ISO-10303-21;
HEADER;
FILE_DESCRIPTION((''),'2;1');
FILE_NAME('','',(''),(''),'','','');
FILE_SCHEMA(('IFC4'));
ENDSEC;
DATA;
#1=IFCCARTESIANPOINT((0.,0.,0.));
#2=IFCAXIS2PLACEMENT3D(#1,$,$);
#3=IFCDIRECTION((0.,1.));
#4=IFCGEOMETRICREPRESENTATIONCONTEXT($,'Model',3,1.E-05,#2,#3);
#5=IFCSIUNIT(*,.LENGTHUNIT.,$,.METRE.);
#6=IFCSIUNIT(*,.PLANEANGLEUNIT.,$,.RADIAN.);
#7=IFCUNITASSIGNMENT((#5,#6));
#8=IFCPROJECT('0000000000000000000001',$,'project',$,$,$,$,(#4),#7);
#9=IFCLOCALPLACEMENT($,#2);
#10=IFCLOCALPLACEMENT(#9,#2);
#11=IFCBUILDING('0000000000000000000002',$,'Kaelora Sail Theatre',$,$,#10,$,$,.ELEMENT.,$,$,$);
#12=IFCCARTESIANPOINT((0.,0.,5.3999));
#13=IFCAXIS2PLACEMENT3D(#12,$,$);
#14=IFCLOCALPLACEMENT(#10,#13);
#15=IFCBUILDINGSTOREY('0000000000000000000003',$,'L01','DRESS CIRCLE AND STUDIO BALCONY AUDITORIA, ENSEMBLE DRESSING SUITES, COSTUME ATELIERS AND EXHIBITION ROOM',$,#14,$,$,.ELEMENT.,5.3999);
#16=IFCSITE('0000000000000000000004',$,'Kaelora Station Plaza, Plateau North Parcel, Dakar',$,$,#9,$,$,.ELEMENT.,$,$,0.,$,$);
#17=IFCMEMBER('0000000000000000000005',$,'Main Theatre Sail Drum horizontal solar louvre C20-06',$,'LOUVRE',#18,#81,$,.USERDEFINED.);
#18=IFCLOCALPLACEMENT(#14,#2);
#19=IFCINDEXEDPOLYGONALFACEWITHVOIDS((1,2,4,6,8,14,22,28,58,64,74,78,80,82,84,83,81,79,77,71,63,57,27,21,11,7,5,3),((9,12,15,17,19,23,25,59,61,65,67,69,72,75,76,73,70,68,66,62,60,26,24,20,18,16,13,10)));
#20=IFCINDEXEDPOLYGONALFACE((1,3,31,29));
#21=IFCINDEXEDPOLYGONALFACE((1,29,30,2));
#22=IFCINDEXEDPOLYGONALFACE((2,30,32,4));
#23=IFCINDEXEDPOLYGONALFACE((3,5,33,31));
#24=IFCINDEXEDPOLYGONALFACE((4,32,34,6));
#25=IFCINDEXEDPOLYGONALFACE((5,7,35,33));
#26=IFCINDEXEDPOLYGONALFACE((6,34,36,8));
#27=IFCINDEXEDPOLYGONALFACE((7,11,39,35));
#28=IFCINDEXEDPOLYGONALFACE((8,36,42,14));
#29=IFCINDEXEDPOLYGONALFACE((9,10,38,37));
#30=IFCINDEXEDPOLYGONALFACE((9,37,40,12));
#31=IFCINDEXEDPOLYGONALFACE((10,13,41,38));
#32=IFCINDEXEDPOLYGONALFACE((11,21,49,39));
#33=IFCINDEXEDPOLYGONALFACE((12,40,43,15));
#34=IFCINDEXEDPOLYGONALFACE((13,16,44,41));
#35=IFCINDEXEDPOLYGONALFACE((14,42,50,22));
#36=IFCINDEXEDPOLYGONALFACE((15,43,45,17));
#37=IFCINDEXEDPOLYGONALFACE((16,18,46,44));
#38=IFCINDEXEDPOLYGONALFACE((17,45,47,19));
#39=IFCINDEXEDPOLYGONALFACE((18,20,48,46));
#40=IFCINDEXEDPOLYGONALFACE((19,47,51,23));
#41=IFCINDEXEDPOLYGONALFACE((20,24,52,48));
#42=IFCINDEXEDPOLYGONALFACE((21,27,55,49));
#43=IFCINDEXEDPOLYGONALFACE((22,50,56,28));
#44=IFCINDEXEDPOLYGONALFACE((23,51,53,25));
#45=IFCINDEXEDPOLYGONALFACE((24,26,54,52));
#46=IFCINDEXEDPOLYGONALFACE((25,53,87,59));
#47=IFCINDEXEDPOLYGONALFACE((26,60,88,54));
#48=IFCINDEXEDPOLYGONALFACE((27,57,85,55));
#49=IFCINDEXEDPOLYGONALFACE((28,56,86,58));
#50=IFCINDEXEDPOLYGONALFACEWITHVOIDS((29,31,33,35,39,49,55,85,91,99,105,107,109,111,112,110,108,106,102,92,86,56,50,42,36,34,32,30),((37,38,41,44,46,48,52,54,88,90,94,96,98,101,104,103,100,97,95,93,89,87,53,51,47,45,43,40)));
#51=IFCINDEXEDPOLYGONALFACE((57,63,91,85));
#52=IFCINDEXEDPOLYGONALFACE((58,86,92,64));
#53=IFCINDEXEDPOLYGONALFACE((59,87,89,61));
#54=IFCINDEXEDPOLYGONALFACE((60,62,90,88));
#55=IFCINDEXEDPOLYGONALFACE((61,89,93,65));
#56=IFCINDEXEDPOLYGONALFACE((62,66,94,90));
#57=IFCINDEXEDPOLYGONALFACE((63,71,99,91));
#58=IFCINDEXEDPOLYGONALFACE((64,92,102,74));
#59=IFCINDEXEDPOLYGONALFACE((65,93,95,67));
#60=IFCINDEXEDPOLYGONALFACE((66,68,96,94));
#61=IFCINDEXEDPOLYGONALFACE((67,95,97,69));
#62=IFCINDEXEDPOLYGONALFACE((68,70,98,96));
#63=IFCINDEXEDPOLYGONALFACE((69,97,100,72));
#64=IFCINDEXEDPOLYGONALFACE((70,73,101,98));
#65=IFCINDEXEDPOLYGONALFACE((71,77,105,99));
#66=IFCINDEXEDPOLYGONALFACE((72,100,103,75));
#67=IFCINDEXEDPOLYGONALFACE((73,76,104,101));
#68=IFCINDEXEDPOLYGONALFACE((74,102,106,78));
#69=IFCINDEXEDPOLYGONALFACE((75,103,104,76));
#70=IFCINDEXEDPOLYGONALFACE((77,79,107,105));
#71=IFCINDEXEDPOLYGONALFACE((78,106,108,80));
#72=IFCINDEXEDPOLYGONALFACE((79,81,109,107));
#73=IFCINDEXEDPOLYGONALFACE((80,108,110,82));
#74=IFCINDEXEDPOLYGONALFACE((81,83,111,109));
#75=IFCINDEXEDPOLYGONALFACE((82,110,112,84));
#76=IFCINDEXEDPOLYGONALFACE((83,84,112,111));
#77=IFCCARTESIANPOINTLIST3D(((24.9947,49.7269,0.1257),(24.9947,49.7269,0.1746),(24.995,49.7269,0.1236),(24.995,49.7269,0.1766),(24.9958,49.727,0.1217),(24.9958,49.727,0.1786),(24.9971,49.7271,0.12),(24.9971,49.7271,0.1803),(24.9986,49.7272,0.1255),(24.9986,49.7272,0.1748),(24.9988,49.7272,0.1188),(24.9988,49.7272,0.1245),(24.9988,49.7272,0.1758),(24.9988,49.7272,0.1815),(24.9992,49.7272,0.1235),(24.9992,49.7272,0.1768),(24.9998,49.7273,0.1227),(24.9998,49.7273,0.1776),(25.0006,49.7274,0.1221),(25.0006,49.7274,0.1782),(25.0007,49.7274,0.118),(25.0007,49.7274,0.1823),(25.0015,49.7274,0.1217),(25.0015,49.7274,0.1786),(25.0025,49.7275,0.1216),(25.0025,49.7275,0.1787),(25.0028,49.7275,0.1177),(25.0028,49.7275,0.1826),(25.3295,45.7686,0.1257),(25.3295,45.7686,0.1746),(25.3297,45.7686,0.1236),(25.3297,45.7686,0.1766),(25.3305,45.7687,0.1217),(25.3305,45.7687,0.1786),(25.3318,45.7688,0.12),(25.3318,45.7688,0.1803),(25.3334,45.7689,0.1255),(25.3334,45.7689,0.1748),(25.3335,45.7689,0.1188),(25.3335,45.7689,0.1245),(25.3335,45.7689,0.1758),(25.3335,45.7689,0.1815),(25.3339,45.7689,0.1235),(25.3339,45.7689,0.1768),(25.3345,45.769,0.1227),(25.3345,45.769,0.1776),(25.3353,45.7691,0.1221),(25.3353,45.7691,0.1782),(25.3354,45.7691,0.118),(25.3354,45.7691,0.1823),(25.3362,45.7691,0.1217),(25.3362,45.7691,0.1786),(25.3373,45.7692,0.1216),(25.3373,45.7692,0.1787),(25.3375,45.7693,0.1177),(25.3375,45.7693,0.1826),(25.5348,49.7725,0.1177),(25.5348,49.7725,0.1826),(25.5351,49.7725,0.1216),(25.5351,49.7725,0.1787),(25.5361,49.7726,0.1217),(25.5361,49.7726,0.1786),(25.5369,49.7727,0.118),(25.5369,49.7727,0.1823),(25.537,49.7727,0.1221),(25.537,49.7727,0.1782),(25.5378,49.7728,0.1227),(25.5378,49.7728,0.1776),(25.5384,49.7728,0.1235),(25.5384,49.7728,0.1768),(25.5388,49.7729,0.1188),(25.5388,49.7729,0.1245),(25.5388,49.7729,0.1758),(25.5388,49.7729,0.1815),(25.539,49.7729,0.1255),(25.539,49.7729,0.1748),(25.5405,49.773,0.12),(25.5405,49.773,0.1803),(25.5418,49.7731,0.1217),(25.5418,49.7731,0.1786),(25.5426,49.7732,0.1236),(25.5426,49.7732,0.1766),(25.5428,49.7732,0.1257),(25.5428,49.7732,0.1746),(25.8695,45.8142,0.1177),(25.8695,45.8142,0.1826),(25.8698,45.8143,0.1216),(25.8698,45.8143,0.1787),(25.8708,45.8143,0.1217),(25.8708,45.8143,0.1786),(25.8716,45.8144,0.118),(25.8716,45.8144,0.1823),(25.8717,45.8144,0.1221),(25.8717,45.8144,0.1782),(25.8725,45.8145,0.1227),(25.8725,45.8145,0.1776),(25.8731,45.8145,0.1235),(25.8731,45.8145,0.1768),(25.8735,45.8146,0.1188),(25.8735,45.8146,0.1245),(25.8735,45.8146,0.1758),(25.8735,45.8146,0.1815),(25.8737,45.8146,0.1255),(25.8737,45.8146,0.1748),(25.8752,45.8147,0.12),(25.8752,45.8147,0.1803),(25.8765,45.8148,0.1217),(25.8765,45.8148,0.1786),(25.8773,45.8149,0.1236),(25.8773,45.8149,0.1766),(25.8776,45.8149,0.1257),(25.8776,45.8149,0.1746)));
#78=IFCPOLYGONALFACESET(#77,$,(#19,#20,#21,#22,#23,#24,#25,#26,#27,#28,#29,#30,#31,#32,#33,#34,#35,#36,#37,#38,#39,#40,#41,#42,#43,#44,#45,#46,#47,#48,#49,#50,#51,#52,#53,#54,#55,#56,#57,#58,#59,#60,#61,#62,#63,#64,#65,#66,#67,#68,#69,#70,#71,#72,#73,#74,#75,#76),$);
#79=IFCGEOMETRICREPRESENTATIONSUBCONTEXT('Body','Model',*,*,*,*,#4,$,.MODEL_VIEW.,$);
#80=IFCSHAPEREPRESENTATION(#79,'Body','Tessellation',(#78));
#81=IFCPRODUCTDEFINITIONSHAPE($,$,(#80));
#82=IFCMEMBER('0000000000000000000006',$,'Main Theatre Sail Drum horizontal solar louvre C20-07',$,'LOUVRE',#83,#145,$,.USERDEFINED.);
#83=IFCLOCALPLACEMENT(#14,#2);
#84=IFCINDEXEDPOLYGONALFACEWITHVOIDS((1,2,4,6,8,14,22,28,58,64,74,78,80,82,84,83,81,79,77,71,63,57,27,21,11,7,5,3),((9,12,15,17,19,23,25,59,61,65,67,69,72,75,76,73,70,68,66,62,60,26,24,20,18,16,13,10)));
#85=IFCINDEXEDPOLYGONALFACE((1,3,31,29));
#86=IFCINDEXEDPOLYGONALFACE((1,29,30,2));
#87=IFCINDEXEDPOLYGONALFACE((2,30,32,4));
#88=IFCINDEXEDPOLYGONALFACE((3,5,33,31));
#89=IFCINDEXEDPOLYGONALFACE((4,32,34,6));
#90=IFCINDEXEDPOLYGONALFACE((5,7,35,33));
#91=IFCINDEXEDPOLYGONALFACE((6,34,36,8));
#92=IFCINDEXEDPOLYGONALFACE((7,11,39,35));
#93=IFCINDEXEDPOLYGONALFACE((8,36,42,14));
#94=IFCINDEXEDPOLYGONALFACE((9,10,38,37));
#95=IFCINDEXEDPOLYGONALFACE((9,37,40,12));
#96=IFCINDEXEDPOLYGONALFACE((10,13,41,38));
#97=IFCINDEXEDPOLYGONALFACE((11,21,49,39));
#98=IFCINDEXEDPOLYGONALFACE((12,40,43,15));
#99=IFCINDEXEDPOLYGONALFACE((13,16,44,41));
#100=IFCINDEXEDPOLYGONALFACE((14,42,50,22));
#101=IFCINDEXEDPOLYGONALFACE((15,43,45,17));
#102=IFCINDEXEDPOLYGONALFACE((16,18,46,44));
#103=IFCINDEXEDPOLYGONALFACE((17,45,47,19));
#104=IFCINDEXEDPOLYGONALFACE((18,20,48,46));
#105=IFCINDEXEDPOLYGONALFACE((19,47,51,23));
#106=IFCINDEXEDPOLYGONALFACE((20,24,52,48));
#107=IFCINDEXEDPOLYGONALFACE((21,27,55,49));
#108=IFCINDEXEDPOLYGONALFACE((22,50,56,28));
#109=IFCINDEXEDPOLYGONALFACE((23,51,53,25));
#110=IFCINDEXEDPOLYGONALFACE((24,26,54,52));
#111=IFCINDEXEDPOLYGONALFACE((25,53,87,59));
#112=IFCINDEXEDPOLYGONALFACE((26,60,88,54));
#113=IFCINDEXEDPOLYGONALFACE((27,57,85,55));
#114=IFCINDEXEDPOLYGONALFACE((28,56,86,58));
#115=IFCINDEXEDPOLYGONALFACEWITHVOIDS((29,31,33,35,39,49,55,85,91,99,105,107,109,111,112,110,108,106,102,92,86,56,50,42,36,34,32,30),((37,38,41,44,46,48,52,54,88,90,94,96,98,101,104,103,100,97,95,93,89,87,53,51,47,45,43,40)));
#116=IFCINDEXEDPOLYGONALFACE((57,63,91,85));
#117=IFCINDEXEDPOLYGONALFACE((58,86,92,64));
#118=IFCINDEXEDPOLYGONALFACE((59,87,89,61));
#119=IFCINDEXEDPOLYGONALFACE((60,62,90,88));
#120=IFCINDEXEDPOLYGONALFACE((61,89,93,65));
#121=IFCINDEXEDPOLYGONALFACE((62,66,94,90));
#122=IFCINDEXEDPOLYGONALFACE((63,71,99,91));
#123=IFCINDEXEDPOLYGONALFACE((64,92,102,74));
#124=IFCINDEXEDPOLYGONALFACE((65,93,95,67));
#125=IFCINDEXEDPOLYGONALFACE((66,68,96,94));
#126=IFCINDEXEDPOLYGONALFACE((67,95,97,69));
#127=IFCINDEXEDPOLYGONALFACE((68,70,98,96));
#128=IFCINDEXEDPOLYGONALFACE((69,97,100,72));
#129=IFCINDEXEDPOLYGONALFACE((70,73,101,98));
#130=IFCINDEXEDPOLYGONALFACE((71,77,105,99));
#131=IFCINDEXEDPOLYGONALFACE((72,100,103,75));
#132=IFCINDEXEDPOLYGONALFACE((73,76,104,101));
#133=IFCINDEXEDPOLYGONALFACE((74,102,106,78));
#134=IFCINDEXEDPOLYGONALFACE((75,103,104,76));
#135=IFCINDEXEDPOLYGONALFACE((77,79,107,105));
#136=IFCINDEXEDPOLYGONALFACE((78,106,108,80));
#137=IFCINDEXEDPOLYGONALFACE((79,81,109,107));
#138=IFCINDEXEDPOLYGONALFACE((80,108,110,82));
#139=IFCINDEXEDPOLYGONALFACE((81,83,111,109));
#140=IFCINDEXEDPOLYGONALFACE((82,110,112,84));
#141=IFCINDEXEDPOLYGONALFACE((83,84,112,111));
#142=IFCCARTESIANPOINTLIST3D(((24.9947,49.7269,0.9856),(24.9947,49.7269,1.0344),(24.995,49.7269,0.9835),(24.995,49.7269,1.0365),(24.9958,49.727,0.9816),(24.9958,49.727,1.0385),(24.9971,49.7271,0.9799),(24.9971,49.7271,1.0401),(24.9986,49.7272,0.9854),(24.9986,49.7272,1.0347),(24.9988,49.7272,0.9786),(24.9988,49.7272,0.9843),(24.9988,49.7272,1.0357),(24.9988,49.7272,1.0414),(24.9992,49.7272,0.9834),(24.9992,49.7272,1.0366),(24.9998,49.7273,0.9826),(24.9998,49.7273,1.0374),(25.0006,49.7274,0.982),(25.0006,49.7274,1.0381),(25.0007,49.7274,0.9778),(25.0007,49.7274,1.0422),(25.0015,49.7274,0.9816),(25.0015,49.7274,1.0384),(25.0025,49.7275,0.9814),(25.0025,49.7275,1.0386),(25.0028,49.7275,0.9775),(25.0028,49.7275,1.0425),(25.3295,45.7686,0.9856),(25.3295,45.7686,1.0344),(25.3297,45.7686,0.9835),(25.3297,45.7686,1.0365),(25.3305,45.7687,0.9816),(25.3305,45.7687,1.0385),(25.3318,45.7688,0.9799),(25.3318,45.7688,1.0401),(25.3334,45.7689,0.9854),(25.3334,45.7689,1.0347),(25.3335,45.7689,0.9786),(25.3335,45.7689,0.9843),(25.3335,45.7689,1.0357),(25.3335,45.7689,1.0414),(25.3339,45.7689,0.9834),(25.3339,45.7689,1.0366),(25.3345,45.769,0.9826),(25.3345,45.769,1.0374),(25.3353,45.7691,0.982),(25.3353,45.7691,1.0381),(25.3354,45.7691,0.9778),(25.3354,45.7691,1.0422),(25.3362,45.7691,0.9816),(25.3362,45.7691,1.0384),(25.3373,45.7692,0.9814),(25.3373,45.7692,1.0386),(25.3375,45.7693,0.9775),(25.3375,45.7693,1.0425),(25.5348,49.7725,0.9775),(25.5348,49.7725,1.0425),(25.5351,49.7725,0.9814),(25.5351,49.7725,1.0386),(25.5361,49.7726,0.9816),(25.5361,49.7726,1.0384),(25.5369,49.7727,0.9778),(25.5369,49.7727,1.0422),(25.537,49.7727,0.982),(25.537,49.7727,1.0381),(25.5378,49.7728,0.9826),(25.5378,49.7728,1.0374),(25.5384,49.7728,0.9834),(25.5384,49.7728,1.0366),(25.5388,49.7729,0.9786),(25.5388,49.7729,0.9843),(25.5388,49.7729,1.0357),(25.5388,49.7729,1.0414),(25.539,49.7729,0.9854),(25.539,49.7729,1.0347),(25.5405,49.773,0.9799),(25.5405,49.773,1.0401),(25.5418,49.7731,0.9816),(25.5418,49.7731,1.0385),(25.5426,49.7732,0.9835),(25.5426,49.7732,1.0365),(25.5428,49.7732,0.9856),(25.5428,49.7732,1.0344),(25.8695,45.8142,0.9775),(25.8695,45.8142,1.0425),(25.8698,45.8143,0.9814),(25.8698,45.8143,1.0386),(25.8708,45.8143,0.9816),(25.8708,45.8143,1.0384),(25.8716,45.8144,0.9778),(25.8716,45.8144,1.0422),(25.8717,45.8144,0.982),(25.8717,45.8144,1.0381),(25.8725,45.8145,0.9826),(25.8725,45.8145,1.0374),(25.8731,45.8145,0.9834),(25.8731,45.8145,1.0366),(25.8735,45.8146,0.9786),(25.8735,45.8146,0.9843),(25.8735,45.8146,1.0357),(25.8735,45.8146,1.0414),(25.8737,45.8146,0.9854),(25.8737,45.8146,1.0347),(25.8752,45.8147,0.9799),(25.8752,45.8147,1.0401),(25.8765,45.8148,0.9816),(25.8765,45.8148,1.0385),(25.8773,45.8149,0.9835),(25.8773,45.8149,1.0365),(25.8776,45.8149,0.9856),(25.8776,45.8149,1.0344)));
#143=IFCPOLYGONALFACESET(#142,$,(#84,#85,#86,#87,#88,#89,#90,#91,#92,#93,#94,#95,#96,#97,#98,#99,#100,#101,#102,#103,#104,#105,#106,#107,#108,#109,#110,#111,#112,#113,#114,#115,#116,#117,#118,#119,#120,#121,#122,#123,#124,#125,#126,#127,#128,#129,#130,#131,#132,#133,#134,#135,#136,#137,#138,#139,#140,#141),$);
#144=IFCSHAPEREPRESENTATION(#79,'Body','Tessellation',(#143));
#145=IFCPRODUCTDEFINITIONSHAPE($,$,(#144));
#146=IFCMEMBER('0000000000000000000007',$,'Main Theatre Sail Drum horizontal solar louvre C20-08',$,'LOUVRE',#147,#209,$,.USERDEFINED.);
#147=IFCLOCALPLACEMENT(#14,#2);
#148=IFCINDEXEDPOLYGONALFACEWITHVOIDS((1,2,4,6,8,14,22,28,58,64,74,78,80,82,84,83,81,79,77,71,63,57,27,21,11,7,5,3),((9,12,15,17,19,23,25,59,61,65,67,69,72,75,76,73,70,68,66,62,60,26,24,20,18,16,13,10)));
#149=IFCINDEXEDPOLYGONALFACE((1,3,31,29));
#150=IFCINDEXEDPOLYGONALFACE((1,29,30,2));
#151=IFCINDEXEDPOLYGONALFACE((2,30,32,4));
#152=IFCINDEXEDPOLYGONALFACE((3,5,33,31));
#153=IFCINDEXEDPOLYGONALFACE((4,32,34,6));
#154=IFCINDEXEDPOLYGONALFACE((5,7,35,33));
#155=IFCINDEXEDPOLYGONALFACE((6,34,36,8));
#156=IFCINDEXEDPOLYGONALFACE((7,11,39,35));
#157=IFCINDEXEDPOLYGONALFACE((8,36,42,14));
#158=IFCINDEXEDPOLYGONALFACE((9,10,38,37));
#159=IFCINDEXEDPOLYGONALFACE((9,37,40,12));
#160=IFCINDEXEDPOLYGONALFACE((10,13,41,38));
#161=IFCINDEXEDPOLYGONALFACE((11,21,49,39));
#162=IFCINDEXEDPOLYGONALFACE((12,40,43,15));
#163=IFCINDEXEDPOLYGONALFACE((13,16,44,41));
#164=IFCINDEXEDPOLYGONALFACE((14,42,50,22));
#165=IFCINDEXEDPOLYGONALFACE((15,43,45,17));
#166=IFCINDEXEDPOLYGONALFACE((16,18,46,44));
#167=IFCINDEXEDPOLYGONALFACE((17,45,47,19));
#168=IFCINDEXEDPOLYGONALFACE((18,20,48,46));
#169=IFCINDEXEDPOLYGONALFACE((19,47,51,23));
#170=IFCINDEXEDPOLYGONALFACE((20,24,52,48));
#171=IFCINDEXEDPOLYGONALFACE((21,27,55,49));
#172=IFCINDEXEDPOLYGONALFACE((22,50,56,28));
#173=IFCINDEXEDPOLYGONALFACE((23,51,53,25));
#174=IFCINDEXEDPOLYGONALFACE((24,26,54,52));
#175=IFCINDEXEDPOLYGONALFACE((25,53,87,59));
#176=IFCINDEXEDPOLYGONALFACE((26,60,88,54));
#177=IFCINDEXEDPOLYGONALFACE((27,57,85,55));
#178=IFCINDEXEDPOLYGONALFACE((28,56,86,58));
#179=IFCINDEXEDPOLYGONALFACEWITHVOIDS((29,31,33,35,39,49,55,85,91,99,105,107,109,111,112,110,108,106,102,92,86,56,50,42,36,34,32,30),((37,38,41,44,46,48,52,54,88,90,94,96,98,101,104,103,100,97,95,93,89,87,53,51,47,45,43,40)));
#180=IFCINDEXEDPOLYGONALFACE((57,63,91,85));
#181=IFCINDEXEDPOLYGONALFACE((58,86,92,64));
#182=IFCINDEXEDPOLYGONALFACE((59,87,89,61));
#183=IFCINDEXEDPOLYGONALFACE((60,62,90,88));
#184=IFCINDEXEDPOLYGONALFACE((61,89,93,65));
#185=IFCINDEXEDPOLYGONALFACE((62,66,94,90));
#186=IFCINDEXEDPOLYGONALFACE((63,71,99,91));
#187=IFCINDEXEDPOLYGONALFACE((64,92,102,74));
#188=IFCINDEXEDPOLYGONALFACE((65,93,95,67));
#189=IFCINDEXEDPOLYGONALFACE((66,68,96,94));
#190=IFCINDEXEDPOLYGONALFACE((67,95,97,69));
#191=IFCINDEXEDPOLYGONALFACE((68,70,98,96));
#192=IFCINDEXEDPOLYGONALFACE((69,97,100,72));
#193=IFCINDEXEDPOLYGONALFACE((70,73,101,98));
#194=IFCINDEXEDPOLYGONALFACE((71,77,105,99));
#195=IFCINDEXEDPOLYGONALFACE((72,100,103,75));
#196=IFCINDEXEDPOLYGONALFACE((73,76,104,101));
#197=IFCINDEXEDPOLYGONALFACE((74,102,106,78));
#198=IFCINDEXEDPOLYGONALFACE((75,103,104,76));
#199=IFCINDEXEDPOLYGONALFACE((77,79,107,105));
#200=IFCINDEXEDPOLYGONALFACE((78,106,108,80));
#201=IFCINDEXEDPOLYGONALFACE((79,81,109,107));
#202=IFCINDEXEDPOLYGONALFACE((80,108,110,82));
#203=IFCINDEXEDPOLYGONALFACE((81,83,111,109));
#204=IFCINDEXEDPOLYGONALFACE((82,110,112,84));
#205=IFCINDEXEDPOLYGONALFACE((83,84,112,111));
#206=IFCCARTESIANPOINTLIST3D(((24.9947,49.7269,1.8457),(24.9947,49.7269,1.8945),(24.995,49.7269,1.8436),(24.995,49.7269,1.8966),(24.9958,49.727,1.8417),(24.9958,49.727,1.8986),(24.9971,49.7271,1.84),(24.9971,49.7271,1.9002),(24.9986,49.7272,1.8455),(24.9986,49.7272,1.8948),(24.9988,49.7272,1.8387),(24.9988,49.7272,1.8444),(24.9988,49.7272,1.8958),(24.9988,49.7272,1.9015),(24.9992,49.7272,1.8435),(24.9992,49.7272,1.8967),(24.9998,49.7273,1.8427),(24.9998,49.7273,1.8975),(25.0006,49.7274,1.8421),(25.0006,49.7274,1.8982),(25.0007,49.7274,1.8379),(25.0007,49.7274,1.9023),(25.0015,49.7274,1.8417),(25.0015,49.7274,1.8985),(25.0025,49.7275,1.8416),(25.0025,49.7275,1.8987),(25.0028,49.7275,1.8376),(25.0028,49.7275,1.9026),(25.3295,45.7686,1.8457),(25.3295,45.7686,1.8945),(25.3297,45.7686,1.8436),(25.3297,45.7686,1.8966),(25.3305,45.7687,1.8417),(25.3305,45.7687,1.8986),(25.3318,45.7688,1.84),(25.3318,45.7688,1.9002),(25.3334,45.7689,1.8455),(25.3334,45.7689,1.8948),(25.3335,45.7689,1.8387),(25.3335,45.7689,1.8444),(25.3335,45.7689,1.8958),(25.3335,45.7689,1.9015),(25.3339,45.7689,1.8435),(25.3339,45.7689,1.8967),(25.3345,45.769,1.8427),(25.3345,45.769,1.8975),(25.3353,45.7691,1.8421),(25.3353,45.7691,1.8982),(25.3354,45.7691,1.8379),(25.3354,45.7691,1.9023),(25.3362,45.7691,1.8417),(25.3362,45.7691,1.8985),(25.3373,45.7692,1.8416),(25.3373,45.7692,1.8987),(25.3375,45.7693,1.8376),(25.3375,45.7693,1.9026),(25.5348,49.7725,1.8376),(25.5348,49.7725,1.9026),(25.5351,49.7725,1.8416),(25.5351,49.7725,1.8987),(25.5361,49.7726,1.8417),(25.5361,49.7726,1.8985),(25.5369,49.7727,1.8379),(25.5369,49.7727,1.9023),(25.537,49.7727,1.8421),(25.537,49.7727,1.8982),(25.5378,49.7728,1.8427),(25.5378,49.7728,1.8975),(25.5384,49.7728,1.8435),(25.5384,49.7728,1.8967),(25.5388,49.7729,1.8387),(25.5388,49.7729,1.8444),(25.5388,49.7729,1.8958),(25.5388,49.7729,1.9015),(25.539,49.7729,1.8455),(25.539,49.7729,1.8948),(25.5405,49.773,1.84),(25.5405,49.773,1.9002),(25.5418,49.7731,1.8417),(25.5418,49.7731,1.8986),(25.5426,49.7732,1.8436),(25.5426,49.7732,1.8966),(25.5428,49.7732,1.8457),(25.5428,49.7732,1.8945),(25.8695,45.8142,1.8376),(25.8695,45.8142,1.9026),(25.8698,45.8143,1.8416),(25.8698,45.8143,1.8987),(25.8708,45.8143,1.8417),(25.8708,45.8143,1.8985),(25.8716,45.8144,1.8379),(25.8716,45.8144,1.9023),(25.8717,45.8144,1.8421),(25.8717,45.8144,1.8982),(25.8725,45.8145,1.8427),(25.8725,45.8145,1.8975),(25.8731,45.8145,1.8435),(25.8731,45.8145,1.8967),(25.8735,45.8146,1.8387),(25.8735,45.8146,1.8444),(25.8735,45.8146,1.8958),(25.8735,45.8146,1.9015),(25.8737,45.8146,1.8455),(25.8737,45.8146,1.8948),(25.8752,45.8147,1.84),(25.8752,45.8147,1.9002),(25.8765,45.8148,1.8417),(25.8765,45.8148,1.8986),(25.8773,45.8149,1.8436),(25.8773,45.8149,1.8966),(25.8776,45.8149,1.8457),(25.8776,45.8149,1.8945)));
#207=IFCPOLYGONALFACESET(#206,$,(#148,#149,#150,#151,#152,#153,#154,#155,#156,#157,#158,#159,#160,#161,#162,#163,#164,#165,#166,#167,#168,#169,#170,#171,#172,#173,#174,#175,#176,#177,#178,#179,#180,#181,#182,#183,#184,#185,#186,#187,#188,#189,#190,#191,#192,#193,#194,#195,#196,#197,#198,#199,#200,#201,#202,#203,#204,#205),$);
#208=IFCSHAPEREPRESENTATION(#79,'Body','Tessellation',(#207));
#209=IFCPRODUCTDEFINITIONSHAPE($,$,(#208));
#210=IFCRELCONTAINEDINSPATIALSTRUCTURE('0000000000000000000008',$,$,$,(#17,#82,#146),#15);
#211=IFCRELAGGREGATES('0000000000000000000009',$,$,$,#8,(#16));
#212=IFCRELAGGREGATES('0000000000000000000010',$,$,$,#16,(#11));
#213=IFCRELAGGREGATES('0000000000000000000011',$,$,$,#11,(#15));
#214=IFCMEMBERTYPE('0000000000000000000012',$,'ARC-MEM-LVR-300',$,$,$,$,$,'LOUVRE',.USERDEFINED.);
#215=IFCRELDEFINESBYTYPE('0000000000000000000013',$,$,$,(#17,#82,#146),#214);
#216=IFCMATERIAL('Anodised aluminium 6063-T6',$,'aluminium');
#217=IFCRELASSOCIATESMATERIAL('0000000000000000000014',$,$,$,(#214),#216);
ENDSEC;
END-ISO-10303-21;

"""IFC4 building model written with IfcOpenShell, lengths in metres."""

from ifc_helpers import new_model, si_unit, direction, frame, origin, origin_2d, place, context, subcontext, project, spatial, hollow_rectangle, extrude, material, material_profile, profile_set, type_object, element, save


model = new_model("IFC4")

# Units and contexts
model_context = context("Model", 3, precision=1e-05, world=origin(), true_north=direction((0.0, 1.0)))
body_context = subcontext(model_context, "Body", "Model", "MODEL_VIEW")
ifc_project = project(units=[si_unit("LENGTHUNIT", "METRE"), si_unit("PLANEANGLEUNIT", "RADIAN")], contexts=[model_context])

# Site, building, storey
site_placement = place(None, origin())
site = spatial("IfcSite", under=ifc_project, at=site_placement, Name="Kaelora Station Plaza, Plateau North Parcel, Dakar", CompositionType="ELEMENT", RefElevation=0.0)
building_placement = place(site_placement, origin())
building = spatial("IfcBuilding", under=site, at=building_placement, Name="Kaelora Sail Theatre", CompositionType="ELEMENT")
storey_placement = place(building_placement, frame((0.0, 0.0, 5.3999)))
storey = spatial("IfcBuildingStorey", under=building, at=storey_placement, Name="L01", Description="DRESS CIRCLE AND STUDIO BALCONY AUDITORIA, ENSEMBLE DRESSING SUITES, COSTUME ATELIERS AND EXHIBITION ROOM", CompositionType="ELEMENT", Elevation=5.3999)

# Members
ifc_material_1 = material(Name="Anodised aluminium 6063-T6", Category="aluminium")
ifc_material_profile_1 = material_profile(ifc_material_1, hollow_rectangle(XDim=0.55, YDim=0.0649, WallThickness=0.0039, InnerFilletRadius=0.0039, OuterFilletRadius=0.0081, at=origin_2d()), Name="LOUVRE 550x65x4")
ifc_profile_set_1 = profile_set([ifc_material_profile_1], Name="Anodised aluminium 6063-T6")
member_type = type_object("IfcMemberType", Name="ARC-MEM-LVR-300", ElementType="LOUVRE", PredefinedType="USERDEFINED", material=ifc_profile_set_1)
for number, where, z_axis, x_axis, name in (
    (1, (25.6035, 45.7917, 0.1501), (-0.084261, 0.996444, 0.0), (-0.996444, -0.084261, 0.0), "Main Theatre Sail Drum horizontal solar louvre C20-06"),
    (2, (25.6035, 45.7917, 1.01), (-0.084261, 0.996444, 0.0), (-0.996444, -0.084261, 0.0), "Main Theatre Sail Drum horizontal solar louvre C20-07"),
    (3, (25.6035, 45.7917, 1.8701), (-0.084261, 0.996444, 0.0), (-0.996444, -0.084261, 0.0), "Main Theatre Sail Drum horizontal solar louvre C20-08"),
):
    element("IfcMember", number, at=place(storey_placement, frame(where, z_axis=z_axis, x_axis=x_axis)), inside=storey, type_object=member_type, Name=name, ObjectType="LOUVRE", PredefinedType="USERDEFINED", context=body_context, shape_type="SweptSolid", body=[
        extrude(hollow_rectangle(XDim=0.55, YDim=0.0649, WallThickness=0.0039, InnerFilletRadius=0.0039, OuterFilletRadius=0.0081, at=origin_2d()), origin(), (0.0, 0.0, 1.0), 3.9724),
    ])

save(model, "model.ifc")
